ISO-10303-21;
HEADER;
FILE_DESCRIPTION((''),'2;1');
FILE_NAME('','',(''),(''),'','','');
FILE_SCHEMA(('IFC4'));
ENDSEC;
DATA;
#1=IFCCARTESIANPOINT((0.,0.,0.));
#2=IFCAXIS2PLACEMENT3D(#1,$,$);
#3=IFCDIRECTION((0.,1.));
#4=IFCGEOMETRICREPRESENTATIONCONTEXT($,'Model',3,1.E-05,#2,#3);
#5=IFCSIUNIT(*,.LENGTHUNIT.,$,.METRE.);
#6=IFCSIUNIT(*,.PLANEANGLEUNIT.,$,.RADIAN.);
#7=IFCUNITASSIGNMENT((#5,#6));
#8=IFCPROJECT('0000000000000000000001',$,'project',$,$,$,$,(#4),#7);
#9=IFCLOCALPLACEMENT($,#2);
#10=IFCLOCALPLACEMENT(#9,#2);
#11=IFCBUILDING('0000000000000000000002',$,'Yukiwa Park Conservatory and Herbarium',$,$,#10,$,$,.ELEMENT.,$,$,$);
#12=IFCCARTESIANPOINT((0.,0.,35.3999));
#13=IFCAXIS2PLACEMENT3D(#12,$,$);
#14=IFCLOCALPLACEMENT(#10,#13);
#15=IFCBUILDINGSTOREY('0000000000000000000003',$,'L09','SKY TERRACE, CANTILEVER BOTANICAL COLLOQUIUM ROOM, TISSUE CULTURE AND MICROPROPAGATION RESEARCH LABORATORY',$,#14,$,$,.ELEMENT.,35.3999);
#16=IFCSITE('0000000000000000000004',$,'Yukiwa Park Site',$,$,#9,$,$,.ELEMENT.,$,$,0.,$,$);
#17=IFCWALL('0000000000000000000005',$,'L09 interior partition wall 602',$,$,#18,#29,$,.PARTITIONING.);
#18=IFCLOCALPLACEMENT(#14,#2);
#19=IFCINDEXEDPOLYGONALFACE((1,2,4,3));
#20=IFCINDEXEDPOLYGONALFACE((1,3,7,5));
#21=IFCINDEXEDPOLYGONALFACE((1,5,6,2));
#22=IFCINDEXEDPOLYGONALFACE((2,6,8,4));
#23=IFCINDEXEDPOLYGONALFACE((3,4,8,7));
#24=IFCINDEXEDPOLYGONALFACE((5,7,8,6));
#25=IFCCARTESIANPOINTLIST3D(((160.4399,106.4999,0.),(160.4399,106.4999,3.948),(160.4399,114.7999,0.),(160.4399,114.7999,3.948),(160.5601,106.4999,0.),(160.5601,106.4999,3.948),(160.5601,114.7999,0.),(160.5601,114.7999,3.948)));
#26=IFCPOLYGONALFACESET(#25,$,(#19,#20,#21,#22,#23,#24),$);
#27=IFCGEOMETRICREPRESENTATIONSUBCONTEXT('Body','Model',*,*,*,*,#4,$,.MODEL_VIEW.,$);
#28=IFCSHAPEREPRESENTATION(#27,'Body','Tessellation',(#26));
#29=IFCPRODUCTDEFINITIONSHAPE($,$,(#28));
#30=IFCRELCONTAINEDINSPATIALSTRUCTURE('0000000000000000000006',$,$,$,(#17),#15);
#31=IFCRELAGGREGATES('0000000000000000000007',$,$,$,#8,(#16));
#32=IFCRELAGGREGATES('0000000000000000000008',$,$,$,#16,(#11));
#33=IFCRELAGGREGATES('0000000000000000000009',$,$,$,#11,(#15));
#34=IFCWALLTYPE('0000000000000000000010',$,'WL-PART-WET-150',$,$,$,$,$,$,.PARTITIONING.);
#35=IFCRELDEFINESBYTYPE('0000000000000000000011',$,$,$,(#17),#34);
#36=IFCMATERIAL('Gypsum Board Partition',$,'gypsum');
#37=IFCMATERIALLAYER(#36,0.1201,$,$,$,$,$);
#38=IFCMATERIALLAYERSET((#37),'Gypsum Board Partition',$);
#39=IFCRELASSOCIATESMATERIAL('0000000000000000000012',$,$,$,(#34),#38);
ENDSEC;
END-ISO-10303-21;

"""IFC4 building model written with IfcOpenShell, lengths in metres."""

from ifc_helpers import new_model, si_unit, direction, frame, frame_2d, origin, place, context, subcontext, project, spatial, rectangle, extrude, material, layer, layer_set, type_object, element, save


model = new_model("IFC4")

# Units and contexts
model_context = context("Model", 3, precision=1e-05, world=origin(), true_north=direction((0.0, 1.0)))
body_context = subcontext(model_context, "Body", "Model", "MODEL_VIEW")
ifc_project = project(units=[si_unit("LENGTHUNIT", "METRE"), si_unit("PLANEANGLEUNIT", "RADIAN")], contexts=[model_context])

# Site, building, storey
site_placement = place(None, origin())
site = spatial("IfcSite", under=ifc_project, at=site_placement, Name="Yukiwa Park Site", CompositionType="ELEMENT", RefElevation=0.0)
building_placement = place(site_placement, origin())
building = spatial("IfcBuilding", under=site, at=building_placement, Name="Yukiwa Park Conservatory and Herbarium", CompositionType="ELEMENT")
storey_placement = place(building_placement, frame((0.0, 0.0, 35.3999)))
storey = spatial("IfcBuildingStorey", under=building, at=storey_placement, Name="L09", Description="SKY TERRACE, CANTILEVER BOTANICAL COLLOQUIUM ROOM, TISSUE CULTURE AND MICROPROPAGATION RESEARCH LABORATORY", CompositionType="ELEMENT", Elevation=35.3999)

# Shared definitions
ifc_material_1 = material(Name="Gypsum Board Partition", Category="gypsum")
ifc_layer_1 = layer(ifc_material_1, 0.1201)
ifc_layer_set_1 = layer_set([ifc_layer_1], Name="Gypsum Board Partition")
wall_type_1 = type_object("IfcWallType", Name="WL-PART-WET-150", PredefinedType="PARTITIONING", material=ifc_layer_set_1)

# Wall
wall_1_placement = place(storey_placement, frame((160.5, 106.5, 0.0), z_axis=(0.0, 0.0, 1.0), x_axis=(0.0, 1.0, 0.0)))
element("IfcWall", 1, at=wall_1_placement, inside=storey, type_object=wall_type_1, Name="L09 interior partition wall 602", PredefinedType="PARTITIONING", context=body_context, shape_type="SweptSolid", body=[
    extrude(rectangle(XDim=8.3, YDim=0.1201, at=frame_2d((4.1499, 0.0))), origin(), (0.0, 0.0, 1.0), 3.948),
])

save(model, "model.ifc")
